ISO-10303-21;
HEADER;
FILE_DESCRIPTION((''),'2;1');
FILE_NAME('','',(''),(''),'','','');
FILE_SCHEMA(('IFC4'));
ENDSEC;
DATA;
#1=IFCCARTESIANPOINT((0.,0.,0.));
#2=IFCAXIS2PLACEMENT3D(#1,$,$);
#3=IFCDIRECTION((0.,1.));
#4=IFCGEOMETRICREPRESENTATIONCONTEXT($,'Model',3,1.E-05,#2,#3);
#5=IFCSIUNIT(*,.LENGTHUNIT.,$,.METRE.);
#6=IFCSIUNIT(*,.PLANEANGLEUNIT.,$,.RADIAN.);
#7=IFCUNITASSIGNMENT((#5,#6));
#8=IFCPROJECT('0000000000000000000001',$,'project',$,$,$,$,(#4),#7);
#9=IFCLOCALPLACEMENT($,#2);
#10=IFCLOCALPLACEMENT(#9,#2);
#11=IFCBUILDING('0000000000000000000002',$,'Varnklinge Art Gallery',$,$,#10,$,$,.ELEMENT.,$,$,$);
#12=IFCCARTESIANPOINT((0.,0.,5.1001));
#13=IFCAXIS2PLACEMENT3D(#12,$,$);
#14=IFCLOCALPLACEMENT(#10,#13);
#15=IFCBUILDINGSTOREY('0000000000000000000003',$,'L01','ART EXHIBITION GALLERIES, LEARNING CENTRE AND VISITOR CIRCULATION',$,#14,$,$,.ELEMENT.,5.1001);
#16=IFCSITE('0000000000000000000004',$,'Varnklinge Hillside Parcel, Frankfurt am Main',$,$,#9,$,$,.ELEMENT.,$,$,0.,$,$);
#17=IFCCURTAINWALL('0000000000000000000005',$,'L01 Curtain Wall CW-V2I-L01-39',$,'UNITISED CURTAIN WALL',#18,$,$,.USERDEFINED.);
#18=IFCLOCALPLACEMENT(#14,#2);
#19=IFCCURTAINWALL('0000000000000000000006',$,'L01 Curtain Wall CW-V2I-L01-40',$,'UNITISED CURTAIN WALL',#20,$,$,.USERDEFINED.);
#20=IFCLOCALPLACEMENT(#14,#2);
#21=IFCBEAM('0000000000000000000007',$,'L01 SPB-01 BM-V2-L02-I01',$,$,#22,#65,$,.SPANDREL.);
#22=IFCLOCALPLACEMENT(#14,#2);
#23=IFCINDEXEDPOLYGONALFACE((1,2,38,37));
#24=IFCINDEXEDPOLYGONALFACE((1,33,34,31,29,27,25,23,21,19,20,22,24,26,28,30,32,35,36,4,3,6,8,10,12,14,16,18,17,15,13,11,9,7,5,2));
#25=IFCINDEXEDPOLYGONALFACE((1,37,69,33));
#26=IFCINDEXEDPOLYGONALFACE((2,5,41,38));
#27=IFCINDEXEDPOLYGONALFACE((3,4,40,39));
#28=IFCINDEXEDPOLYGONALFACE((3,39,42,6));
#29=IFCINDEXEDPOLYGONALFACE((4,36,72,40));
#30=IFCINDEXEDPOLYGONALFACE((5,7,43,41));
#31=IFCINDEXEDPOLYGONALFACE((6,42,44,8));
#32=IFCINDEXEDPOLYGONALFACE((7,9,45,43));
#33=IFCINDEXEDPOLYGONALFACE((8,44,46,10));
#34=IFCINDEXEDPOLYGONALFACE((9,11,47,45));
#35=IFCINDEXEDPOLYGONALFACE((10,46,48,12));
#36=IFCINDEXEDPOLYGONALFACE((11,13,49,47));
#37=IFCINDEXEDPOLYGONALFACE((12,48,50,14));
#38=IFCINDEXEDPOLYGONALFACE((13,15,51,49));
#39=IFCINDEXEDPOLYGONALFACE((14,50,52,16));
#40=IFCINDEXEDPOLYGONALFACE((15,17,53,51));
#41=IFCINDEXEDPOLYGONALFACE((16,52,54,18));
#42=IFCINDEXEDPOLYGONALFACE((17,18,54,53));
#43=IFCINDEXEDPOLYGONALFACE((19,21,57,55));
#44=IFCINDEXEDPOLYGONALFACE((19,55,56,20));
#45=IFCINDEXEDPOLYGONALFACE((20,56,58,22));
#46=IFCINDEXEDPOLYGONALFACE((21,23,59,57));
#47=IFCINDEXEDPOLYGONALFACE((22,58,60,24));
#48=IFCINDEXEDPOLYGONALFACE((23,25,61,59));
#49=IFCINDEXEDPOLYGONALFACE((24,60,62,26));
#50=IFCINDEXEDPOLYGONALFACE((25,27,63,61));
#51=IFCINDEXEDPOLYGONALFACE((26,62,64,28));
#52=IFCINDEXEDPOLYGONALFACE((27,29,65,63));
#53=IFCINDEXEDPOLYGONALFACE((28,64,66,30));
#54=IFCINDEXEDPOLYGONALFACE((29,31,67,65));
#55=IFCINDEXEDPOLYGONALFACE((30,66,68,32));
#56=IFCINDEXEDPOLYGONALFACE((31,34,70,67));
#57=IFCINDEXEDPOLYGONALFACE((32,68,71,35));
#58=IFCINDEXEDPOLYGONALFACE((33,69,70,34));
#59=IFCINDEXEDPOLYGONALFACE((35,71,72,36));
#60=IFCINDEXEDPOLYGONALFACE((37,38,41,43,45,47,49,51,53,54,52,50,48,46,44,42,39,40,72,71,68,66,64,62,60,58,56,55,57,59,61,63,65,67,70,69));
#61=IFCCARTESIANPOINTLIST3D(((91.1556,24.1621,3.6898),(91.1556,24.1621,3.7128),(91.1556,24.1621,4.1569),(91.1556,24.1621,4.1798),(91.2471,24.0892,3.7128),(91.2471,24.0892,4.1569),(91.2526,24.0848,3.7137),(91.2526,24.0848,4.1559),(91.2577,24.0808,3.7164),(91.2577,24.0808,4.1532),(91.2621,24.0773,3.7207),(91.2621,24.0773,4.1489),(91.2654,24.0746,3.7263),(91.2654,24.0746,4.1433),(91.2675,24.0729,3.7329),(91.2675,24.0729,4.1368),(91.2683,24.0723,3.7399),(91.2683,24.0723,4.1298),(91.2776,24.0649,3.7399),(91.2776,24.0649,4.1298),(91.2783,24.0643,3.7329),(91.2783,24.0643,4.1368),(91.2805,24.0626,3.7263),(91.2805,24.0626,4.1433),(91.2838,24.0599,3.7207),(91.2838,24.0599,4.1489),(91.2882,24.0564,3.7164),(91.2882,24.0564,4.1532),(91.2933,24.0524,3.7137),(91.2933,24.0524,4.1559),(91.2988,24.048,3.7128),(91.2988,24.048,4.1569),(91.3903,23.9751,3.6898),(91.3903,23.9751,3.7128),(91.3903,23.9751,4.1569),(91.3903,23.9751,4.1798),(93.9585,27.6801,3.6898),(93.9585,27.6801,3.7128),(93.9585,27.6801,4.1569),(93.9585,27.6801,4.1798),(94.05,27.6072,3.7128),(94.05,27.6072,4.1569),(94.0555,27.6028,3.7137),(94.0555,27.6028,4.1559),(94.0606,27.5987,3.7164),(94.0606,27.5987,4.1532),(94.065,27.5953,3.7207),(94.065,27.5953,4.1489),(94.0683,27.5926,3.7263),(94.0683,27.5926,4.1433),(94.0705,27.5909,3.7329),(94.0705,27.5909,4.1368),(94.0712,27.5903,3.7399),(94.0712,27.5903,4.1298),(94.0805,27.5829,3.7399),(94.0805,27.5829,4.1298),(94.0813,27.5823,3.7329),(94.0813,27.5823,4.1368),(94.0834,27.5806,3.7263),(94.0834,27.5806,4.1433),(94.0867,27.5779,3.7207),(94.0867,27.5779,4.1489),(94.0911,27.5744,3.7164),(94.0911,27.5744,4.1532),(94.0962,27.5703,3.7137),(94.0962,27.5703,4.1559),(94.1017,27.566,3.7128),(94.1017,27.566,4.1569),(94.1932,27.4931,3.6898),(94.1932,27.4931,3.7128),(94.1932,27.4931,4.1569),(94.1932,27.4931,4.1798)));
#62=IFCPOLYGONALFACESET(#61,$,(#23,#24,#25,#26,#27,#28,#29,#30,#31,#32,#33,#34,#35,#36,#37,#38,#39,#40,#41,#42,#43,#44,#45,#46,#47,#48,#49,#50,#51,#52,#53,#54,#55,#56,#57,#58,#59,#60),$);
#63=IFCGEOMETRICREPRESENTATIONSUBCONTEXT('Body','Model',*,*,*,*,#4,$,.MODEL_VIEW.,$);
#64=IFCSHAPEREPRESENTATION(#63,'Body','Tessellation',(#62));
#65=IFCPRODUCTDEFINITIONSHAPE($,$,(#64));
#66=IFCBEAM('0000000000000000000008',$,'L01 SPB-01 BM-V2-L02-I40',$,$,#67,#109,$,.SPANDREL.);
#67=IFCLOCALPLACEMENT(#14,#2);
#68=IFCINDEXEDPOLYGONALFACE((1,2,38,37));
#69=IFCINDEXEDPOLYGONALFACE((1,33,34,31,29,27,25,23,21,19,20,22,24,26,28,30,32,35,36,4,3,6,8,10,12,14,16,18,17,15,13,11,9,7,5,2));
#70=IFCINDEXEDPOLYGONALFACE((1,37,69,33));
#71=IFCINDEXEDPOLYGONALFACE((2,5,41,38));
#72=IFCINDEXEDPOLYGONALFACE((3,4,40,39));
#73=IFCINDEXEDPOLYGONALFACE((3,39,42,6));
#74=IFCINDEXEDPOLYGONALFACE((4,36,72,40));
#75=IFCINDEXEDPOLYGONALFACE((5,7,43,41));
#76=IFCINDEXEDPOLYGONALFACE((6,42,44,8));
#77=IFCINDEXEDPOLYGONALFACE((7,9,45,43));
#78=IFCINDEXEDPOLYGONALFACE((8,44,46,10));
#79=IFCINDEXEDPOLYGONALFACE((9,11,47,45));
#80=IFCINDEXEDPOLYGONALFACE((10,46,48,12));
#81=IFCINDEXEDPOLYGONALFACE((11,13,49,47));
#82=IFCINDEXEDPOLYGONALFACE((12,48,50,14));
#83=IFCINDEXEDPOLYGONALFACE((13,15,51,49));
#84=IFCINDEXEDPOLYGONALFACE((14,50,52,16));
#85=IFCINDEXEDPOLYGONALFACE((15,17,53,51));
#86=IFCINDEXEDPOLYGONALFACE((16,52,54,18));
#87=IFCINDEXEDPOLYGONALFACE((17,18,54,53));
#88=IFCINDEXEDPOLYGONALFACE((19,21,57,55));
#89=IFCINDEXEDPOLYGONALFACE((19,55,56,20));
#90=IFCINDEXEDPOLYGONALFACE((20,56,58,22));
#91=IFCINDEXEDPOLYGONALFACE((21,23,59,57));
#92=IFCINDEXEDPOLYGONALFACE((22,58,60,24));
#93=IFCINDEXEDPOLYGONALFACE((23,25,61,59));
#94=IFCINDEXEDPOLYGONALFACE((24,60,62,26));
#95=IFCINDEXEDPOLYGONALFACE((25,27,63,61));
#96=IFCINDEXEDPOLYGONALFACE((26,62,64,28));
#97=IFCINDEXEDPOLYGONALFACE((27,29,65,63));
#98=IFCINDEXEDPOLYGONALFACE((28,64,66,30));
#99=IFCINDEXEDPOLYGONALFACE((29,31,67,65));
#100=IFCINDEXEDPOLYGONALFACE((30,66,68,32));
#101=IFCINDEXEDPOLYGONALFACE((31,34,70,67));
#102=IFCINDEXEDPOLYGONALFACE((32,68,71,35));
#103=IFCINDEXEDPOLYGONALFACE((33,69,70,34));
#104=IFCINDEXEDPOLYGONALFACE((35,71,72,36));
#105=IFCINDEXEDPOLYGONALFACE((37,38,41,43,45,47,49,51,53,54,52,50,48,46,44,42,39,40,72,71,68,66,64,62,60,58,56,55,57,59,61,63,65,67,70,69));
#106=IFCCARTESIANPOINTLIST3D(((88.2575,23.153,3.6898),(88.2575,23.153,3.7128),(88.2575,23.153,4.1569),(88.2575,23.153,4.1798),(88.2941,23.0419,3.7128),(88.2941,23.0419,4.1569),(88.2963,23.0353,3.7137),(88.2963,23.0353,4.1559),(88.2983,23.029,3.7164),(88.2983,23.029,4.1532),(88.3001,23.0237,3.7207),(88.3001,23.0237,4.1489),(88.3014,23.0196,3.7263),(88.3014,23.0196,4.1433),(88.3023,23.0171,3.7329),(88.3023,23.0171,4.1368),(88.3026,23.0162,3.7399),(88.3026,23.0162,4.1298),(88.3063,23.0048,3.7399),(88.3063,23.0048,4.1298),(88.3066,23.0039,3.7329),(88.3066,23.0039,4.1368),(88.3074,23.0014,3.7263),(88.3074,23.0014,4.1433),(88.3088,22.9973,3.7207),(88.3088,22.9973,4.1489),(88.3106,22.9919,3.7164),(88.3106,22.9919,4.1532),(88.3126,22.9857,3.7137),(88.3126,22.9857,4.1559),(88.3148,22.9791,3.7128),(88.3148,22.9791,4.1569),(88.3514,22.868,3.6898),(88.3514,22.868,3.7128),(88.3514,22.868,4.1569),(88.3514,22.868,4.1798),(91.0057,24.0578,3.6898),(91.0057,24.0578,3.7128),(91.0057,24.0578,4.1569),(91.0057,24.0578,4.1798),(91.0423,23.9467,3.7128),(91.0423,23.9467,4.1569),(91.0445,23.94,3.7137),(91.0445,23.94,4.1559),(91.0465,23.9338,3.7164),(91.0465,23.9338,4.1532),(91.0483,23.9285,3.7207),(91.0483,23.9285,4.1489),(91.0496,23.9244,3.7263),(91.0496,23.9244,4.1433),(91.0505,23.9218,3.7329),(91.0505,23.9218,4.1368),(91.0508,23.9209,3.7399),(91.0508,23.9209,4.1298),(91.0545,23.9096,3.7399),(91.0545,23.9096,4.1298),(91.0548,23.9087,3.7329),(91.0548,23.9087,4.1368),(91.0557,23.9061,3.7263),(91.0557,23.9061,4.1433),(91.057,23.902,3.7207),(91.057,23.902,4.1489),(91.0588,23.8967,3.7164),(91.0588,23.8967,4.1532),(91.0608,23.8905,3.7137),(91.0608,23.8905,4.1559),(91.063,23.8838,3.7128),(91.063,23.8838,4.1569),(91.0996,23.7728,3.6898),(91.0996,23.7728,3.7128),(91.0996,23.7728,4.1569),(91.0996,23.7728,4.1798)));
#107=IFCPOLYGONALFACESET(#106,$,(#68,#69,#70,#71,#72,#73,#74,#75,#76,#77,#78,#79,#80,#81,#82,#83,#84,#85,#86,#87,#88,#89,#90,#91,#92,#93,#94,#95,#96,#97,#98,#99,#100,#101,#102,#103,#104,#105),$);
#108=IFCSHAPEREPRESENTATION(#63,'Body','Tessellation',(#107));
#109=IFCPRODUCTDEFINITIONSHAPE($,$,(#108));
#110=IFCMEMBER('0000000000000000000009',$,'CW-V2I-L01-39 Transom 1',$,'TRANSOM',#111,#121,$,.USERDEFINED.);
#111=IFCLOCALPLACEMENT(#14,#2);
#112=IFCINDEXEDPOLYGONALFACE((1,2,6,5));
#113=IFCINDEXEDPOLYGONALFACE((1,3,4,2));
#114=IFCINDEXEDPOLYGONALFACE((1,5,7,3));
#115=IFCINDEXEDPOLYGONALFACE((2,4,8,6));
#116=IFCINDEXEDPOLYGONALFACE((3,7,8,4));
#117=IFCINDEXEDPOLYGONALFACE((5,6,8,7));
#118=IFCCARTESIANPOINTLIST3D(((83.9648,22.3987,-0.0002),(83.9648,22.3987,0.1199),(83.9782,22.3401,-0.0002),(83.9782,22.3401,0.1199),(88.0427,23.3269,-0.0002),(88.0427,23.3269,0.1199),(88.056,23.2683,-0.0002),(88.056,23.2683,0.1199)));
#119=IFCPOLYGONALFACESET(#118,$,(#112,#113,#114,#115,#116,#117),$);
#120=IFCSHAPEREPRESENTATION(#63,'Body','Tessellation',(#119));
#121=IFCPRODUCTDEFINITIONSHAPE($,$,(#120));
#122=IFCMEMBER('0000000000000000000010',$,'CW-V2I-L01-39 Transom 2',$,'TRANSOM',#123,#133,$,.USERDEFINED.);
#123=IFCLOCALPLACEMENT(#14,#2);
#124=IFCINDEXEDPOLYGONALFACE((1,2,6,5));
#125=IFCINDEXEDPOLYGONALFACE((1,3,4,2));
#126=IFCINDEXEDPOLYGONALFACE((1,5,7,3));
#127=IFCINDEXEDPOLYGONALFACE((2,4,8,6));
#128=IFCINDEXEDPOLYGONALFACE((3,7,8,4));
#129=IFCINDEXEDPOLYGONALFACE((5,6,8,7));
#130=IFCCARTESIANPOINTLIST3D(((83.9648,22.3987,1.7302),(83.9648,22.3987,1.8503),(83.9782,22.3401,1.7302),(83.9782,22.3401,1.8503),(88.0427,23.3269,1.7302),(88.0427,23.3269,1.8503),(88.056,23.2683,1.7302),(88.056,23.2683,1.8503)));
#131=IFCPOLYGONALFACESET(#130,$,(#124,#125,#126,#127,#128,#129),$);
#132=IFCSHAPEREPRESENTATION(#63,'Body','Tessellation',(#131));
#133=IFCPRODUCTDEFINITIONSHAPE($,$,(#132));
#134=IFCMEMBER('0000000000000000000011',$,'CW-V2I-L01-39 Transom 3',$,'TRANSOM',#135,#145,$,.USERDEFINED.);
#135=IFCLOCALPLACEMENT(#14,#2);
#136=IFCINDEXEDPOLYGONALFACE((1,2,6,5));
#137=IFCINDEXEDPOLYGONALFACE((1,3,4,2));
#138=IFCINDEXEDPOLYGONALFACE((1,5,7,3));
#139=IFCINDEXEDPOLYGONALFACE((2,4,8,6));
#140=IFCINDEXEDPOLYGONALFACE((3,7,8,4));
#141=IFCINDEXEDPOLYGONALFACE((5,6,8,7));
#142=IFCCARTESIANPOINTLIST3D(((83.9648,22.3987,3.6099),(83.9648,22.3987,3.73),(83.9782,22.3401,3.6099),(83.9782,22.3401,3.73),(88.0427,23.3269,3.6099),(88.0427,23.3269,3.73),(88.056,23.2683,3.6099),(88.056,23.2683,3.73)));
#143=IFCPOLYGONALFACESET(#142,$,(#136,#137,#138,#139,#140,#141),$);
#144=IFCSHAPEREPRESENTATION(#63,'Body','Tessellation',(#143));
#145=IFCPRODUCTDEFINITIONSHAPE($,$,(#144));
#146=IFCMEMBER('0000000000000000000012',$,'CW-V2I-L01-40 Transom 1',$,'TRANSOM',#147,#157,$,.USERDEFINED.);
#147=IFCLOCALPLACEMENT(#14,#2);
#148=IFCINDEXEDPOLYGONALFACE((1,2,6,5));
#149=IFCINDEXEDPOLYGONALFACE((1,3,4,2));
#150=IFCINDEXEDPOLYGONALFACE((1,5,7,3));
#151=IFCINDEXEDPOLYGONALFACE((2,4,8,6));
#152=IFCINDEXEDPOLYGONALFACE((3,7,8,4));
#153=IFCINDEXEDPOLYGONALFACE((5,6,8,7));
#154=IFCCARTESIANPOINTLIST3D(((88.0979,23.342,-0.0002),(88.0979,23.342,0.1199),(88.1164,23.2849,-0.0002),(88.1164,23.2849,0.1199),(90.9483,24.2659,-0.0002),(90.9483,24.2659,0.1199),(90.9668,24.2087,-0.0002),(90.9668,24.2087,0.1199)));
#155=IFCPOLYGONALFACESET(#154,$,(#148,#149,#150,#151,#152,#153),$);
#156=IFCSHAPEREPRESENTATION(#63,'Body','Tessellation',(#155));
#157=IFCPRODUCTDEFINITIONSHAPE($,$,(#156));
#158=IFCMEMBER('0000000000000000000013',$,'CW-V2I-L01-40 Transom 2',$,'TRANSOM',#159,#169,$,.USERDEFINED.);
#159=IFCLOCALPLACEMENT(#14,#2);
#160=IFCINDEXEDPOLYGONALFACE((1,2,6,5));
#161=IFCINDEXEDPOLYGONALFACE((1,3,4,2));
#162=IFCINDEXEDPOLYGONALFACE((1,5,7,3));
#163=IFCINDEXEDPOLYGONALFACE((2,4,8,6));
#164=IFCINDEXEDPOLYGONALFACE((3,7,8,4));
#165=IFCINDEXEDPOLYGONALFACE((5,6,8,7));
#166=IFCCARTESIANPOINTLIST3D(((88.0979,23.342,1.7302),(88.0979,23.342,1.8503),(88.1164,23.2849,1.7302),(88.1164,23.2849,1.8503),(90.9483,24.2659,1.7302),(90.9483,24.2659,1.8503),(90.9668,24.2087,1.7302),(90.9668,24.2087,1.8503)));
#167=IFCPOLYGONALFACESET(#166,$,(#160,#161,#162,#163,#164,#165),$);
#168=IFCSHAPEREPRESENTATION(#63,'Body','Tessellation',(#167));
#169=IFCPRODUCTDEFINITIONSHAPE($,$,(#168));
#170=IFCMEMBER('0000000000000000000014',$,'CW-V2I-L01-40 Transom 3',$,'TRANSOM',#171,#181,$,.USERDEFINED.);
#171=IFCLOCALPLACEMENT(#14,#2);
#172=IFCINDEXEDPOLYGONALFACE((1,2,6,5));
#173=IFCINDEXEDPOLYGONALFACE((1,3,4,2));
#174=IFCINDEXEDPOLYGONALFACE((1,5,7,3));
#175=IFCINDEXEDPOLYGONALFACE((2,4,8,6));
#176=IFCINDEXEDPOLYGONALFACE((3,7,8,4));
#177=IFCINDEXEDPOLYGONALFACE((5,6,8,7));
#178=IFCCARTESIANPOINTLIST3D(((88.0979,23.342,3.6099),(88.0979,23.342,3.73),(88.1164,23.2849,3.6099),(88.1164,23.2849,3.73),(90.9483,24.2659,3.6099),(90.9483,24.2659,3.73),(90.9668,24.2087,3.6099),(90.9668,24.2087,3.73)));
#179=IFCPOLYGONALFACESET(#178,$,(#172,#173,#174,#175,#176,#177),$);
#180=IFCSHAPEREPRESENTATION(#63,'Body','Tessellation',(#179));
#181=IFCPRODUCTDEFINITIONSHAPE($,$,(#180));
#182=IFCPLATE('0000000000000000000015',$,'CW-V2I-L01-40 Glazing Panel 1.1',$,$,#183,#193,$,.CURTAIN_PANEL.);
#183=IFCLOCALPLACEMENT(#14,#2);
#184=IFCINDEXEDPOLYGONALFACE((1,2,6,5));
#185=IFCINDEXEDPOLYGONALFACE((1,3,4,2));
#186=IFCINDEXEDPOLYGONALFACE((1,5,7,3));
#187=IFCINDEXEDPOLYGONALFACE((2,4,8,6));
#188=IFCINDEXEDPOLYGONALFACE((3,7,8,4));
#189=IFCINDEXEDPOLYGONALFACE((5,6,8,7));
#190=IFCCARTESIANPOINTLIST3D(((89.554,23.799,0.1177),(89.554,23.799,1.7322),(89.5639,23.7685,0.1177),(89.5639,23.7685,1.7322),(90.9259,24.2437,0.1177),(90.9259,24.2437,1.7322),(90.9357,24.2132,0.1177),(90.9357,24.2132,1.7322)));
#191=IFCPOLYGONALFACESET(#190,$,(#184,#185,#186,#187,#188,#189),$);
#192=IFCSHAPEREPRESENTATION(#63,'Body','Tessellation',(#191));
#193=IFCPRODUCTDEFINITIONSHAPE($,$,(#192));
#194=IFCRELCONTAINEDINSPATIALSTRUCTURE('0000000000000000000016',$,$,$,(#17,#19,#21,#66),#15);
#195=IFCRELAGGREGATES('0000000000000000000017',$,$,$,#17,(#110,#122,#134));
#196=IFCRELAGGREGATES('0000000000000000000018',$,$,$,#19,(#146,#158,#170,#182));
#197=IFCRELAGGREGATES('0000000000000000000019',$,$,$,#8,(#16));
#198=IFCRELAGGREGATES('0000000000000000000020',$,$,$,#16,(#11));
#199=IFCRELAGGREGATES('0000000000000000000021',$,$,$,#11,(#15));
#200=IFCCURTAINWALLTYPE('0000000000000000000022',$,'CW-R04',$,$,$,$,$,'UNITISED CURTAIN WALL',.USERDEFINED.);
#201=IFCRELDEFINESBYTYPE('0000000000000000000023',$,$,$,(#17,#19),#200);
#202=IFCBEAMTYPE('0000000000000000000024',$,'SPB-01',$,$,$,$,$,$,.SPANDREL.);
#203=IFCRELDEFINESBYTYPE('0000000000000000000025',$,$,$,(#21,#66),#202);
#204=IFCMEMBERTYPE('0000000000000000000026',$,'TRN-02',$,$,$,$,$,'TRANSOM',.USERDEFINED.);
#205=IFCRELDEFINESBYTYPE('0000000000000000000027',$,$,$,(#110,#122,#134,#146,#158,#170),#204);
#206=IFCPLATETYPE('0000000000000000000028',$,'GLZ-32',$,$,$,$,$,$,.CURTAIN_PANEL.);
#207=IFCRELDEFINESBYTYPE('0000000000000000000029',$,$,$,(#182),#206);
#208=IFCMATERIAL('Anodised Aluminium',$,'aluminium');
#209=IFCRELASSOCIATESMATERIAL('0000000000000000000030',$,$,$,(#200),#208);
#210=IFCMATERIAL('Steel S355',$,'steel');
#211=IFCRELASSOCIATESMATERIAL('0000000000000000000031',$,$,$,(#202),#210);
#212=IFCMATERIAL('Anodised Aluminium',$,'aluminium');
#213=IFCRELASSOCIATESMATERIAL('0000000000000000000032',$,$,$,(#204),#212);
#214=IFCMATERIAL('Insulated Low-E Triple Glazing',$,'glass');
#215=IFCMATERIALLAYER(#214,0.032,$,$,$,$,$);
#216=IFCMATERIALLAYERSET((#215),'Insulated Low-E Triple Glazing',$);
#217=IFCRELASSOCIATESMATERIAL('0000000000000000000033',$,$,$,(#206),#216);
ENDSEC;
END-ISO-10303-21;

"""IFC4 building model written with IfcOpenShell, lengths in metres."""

from ifc_helpers import new_model, si_unit, direction, frame, origin, origin_2d, place, context, subcontext, project, spatial, rectangle, i_section, extrude, material, layer, layer_set, material_profile, profile_set, type_object, element, aggregate, save


model = new_model("IFC4")

# Units and contexts
model_context = context("Model", 3, precision=1e-05, world=origin(), true_north=direction((0.0, 1.0)))
body_context = subcontext(model_context, "Body", "Model", "MODEL_VIEW")
ifc_project = project(units=[si_unit("LENGTHUNIT", "METRE"), si_unit("PLANEANGLEUNIT", "RADIAN")], contexts=[model_context])

# Site, building, storey
site_placement = place(None, origin())
site = spatial("IfcSite", under=ifc_project, at=site_placement, Name="Varnklinge Hillside Parcel, Frankfurt am Main", CompositionType="ELEMENT", RefElevation=0.0)
building_placement = place(site_placement, origin())
building = spatial("IfcBuilding", under=site, at=building_placement, Name="Varnklinge Art Gallery", CompositionType="ELEMENT")
storey_placement = place(building_placement, frame((0.0, 0.0, 5.1001)))
storey = spatial("IfcBuildingStorey", under=building, at=storey_placement, Name="L01", Description="ART EXHIBITION GALLERIES, LEARNING CENTRE AND VISITOR CIRCULATION", CompositionType="ELEMENT", Elevation=5.1001)

# Curtain wall
ifc_material_1 = material(Name="Anodised Aluminium", Category="aluminium")
curtain_wall_type = type_object("IfcCurtainWallType", Name="CW-R04", ElementType="UNITISED CURTAIN WALL", PredefinedType="USERDEFINED", material=ifc_material_1)
curtain_wall_1_placement = place(storey_placement, origin())
curtain_wall_1 = element("IfcCurtainWall", 1, at=curtain_wall_1_placement, inside=storey, type_object=curtain_wall_type, Name="L01 Curtain Wall CW-V2I-L01-39", ObjectType="UNITISED CURTAIN WALL", PredefinedType="USERDEFINED")

# Curtain wall
curtain_wall_2_placement = place(storey_placement, origin())
curtain_wall_2 = element("IfcCurtainWall", 2, at=curtain_wall_2_placement, inside=storey, type_object=curtain_wall_type, Name="L01 Curtain Wall CW-V2I-L01-40", ObjectType="UNITISED CURTAIN WALL", PredefinedType="USERDEFINED")

# Beams
ifc_material_2 = material(Name="Steel S355", Category="steel")
ifc_material_profile_1 = material_profile(ifc_material_2, i_section(OverallWidth=0.3, OverallDepth=0.49, WebThickness=0.012, FlangeThickness=0.0229, FilletRadius=0.0271, at=origin_2d()), Name="HEA 500")
ifc_profile_set_1 = profile_set([ifc_material_profile_1], Name="Steel S355")
beam_type = type_object("IfcBeamType", Name="SPB-01", PredefinedType="SPANDREL", material=ifc_profile_set_1)
beam_1_placement = place(storey_placement, frame((91.2729, 24.0686, 3.9348), z_axis=(0.623138, 0.782112, 0.0), x_axis=(-0.782112, 0.623138, 0.0)))
element("IfcBeam", 3, at=beam_1_placement, inside=storey, type_object=beam_type, Name="L01 SPB-01 BM-V2-L02-I01", PredefinedType="SPANDREL", context=body_context, shape_type="SweptSolid", body=[
    extrude(i_section(OverallWidth=0.3, OverallDepth=0.49, WebThickness=0.012, FlangeThickness=0.0229, FilletRadius=0.0271, at=origin_2d()), origin(), (0.0, 0.0, 1.0), 4.498),
])
beam_2_placement = place(storey_placement, frame((88.3044, 23.0105, 3.9348), z_axis=(0.94985, 0.312707, 0.0), x_axis=(-0.312707, 0.94985, 0.0)))
element("IfcBeam", 4, at=beam_2_placement, inside=storey, type_object=beam_type, Name="L01 SPB-01 BM-V2-L02-I40", PredefinedType="SPANDREL", context=body_context, shape_type="SweptSolid", body=[
    extrude(i_section(OverallWidth=0.3, OverallDepth=0.49, WebThickness=0.012, FlangeThickness=0.0229, FilletRadius=0.0271, at=origin_2d()), origin(), (0.0, 0.0, 1.0), 2.8933),
])

# Members
ifc_material_3 = material(Name="Anodised Aluminium", Category="aluminium")
ifc_material_profile_2 = material_profile(ifc_material_3, rectangle(XDim=0.0601, YDim=0.1201, at=origin_2d()), Name="ALU 60x120")
ifc_profile_set_2 = profile_set([ifc_material_profile_2], Name="Anodised Aluminium")
member_type_1 = type_object("IfcMemberType", Name="TRN-02", ElementType="TRANSOM", PredefinedType="USERDEFINED", material=ifc_profile_set_2)
member_1_placement = place(storey_placement, frame((88.0493, 23.2976, 0.0598), z_axis=(-0.975059, -0.221947, 0.0), x_axis=(0.221947, -0.975059, 0.0)))
member_1 = element("IfcMember", 5, at=member_1_placement, type_object=member_type_1, Name="CW-V2I-L01-39 Transom 1", ObjectType="TRANSOM", PredefinedType="USERDEFINED", context=body_context, shape_type="SweptSolid", body=[
    extrude(rectangle(XDim=0.0601, YDim=0.1201, at=origin_2d()), origin(), (0.0, 0.0, 1.0), 4.1821),
])
member_2_placement = place(storey_placement, frame((88.0493, 23.2976, 1.7903), z_axis=(-0.975059, -0.221947, 0.0), x_axis=(0.221947, -0.975059, 0.0)))
member_2 = element("IfcMember", 6, at=member_2_placement, type_object=member_type_1, Name="CW-V2I-L01-39 Transom 2", ObjectType="TRANSOM", PredefinedType="USERDEFINED", context=body_context, shape_type="SweptSolid", body=[
    extrude(rectangle(XDim=0.0601, YDim=0.1201, at=origin_2d()), origin(), (0.0, 0.0, 1.0), 4.1821),
])
member_3_placement = place(storey_placement, frame((88.0493, 23.2976, 3.6699), z_axis=(-0.975059, -0.221947, 0.0), x_axis=(0.221947, -0.975059, 0.0)))
member_3 = element("IfcMember", 7, at=member_3_placement, type_object=member_type_1, Name="CW-V2I-L01-39 Transom 3", ObjectType="TRANSOM", PredefinedType="USERDEFINED", context=body_context, shape_type="SweptSolid", body=[
    extrude(rectangle(XDim=0.0601, YDim=0.1201, at=origin_2d()), origin(), (0.0, 0.0, 1.0), 4.1821),
])
aggregate(curtain_wall_1, [member_1, member_2, member_3])
member_4_placement = place(storey_placement, frame((90.9575, 24.2373, 0.0598), z_axis=(-0.951282, -0.308321, 0.0), x_axis=(0.308321, -0.951282, 0.0)))
member_4 = element("IfcMember", 8, at=member_4_placement, type_object=member_type_1, Name="CW-V2I-L01-40 Transom 1", ObjectType="TRANSOM", PredefinedType="USERDEFINED", context=body_context, shape_type="SweptSolid", body=[
    extrude(rectangle(XDim=0.0601, YDim=0.1201, at=origin_2d()), origin(), (0.0, 0.0, 1.0), 2.9963),
])
member_5_placement = place(storey_placement, frame((90.9575, 24.2373, 1.7903), z_axis=(-0.951282, -0.308321, 0.0), x_axis=(0.308321, -0.951282, 0.0)))
member_5 = element("IfcMember", 9, at=member_5_placement, type_object=member_type_1, Name="CW-V2I-L01-40 Transom 2", ObjectType="TRANSOM", PredefinedType="USERDEFINED", context=body_context, shape_type="SweptSolid", body=[
    extrude(rectangle(XDim=0.0601, YDim=0.1201, at=origin_2d()), origin(), (0.0, 0.0, 1.0), 2.9963),
])
member_6_placement = place(storey_placement, frame((90.9575, 24.2373, 3.6699), z_axis=(-0.951282, -0.308321, 0.0), x_axis=(0.308321, -0.951282, 0.0)))
member_6 = element("IfcMember", 10, at=member_6_placement, type_object=member_type_1, Name="CW-V2I-L01-40 Transom 3", ObjectType="TRANSOM", PredefinedType="USERDEFINED", context=body_context, shape_type="SweptSolid", body=[
    extrude(rectangle(XDim=0.0601, YDim=0.1201, at=origin_2d()), origin(), (0.0, 0.0, 1.0), 2.9963),
])

# Plate
ifc_material_4 = material(Name="Insulated Low-E Triple Glazing", Category="glass")
ifc_layer_1 = layer(ifc_material_4, 0.032)
ifc_layer_set_1 = layer_set([ifc_layer_1], Name="Insulated Low-E Triple Glazing")
plate_type_1 = type_object("IfcPlateType", Name="GLZ-32", PredefinedType="CURTAIN_PANEL", material=ifc_layer_set_1)
plate_1_placement = place(storey_placement, frame((90.2449, 24.0061, 0.1177), z_axis=(0.0, 0.0, 1.0), x_axis=(-0.951272, -0.308353, 0.0)))
plate_1 = element("IfcPlate", 11, at=plate_1_placement, type_object=plate_type_1, Name="CW-V2I-L01-40 Glazing Panel 1.1", PredefinedType="CURTAIN_PANEL", context=body_context, shape_type="SweptSolid", body=[
    extrude(rectangle(XDim=1.4421, YDim=0.032, at=origin_2d()), origin(), (0.0, 0.0, 1.0), 1.6145),
])
aggregate(curtain_wall_2, [member_4, member_5, member_6, plate_1])

save(model, "model.ifc")
